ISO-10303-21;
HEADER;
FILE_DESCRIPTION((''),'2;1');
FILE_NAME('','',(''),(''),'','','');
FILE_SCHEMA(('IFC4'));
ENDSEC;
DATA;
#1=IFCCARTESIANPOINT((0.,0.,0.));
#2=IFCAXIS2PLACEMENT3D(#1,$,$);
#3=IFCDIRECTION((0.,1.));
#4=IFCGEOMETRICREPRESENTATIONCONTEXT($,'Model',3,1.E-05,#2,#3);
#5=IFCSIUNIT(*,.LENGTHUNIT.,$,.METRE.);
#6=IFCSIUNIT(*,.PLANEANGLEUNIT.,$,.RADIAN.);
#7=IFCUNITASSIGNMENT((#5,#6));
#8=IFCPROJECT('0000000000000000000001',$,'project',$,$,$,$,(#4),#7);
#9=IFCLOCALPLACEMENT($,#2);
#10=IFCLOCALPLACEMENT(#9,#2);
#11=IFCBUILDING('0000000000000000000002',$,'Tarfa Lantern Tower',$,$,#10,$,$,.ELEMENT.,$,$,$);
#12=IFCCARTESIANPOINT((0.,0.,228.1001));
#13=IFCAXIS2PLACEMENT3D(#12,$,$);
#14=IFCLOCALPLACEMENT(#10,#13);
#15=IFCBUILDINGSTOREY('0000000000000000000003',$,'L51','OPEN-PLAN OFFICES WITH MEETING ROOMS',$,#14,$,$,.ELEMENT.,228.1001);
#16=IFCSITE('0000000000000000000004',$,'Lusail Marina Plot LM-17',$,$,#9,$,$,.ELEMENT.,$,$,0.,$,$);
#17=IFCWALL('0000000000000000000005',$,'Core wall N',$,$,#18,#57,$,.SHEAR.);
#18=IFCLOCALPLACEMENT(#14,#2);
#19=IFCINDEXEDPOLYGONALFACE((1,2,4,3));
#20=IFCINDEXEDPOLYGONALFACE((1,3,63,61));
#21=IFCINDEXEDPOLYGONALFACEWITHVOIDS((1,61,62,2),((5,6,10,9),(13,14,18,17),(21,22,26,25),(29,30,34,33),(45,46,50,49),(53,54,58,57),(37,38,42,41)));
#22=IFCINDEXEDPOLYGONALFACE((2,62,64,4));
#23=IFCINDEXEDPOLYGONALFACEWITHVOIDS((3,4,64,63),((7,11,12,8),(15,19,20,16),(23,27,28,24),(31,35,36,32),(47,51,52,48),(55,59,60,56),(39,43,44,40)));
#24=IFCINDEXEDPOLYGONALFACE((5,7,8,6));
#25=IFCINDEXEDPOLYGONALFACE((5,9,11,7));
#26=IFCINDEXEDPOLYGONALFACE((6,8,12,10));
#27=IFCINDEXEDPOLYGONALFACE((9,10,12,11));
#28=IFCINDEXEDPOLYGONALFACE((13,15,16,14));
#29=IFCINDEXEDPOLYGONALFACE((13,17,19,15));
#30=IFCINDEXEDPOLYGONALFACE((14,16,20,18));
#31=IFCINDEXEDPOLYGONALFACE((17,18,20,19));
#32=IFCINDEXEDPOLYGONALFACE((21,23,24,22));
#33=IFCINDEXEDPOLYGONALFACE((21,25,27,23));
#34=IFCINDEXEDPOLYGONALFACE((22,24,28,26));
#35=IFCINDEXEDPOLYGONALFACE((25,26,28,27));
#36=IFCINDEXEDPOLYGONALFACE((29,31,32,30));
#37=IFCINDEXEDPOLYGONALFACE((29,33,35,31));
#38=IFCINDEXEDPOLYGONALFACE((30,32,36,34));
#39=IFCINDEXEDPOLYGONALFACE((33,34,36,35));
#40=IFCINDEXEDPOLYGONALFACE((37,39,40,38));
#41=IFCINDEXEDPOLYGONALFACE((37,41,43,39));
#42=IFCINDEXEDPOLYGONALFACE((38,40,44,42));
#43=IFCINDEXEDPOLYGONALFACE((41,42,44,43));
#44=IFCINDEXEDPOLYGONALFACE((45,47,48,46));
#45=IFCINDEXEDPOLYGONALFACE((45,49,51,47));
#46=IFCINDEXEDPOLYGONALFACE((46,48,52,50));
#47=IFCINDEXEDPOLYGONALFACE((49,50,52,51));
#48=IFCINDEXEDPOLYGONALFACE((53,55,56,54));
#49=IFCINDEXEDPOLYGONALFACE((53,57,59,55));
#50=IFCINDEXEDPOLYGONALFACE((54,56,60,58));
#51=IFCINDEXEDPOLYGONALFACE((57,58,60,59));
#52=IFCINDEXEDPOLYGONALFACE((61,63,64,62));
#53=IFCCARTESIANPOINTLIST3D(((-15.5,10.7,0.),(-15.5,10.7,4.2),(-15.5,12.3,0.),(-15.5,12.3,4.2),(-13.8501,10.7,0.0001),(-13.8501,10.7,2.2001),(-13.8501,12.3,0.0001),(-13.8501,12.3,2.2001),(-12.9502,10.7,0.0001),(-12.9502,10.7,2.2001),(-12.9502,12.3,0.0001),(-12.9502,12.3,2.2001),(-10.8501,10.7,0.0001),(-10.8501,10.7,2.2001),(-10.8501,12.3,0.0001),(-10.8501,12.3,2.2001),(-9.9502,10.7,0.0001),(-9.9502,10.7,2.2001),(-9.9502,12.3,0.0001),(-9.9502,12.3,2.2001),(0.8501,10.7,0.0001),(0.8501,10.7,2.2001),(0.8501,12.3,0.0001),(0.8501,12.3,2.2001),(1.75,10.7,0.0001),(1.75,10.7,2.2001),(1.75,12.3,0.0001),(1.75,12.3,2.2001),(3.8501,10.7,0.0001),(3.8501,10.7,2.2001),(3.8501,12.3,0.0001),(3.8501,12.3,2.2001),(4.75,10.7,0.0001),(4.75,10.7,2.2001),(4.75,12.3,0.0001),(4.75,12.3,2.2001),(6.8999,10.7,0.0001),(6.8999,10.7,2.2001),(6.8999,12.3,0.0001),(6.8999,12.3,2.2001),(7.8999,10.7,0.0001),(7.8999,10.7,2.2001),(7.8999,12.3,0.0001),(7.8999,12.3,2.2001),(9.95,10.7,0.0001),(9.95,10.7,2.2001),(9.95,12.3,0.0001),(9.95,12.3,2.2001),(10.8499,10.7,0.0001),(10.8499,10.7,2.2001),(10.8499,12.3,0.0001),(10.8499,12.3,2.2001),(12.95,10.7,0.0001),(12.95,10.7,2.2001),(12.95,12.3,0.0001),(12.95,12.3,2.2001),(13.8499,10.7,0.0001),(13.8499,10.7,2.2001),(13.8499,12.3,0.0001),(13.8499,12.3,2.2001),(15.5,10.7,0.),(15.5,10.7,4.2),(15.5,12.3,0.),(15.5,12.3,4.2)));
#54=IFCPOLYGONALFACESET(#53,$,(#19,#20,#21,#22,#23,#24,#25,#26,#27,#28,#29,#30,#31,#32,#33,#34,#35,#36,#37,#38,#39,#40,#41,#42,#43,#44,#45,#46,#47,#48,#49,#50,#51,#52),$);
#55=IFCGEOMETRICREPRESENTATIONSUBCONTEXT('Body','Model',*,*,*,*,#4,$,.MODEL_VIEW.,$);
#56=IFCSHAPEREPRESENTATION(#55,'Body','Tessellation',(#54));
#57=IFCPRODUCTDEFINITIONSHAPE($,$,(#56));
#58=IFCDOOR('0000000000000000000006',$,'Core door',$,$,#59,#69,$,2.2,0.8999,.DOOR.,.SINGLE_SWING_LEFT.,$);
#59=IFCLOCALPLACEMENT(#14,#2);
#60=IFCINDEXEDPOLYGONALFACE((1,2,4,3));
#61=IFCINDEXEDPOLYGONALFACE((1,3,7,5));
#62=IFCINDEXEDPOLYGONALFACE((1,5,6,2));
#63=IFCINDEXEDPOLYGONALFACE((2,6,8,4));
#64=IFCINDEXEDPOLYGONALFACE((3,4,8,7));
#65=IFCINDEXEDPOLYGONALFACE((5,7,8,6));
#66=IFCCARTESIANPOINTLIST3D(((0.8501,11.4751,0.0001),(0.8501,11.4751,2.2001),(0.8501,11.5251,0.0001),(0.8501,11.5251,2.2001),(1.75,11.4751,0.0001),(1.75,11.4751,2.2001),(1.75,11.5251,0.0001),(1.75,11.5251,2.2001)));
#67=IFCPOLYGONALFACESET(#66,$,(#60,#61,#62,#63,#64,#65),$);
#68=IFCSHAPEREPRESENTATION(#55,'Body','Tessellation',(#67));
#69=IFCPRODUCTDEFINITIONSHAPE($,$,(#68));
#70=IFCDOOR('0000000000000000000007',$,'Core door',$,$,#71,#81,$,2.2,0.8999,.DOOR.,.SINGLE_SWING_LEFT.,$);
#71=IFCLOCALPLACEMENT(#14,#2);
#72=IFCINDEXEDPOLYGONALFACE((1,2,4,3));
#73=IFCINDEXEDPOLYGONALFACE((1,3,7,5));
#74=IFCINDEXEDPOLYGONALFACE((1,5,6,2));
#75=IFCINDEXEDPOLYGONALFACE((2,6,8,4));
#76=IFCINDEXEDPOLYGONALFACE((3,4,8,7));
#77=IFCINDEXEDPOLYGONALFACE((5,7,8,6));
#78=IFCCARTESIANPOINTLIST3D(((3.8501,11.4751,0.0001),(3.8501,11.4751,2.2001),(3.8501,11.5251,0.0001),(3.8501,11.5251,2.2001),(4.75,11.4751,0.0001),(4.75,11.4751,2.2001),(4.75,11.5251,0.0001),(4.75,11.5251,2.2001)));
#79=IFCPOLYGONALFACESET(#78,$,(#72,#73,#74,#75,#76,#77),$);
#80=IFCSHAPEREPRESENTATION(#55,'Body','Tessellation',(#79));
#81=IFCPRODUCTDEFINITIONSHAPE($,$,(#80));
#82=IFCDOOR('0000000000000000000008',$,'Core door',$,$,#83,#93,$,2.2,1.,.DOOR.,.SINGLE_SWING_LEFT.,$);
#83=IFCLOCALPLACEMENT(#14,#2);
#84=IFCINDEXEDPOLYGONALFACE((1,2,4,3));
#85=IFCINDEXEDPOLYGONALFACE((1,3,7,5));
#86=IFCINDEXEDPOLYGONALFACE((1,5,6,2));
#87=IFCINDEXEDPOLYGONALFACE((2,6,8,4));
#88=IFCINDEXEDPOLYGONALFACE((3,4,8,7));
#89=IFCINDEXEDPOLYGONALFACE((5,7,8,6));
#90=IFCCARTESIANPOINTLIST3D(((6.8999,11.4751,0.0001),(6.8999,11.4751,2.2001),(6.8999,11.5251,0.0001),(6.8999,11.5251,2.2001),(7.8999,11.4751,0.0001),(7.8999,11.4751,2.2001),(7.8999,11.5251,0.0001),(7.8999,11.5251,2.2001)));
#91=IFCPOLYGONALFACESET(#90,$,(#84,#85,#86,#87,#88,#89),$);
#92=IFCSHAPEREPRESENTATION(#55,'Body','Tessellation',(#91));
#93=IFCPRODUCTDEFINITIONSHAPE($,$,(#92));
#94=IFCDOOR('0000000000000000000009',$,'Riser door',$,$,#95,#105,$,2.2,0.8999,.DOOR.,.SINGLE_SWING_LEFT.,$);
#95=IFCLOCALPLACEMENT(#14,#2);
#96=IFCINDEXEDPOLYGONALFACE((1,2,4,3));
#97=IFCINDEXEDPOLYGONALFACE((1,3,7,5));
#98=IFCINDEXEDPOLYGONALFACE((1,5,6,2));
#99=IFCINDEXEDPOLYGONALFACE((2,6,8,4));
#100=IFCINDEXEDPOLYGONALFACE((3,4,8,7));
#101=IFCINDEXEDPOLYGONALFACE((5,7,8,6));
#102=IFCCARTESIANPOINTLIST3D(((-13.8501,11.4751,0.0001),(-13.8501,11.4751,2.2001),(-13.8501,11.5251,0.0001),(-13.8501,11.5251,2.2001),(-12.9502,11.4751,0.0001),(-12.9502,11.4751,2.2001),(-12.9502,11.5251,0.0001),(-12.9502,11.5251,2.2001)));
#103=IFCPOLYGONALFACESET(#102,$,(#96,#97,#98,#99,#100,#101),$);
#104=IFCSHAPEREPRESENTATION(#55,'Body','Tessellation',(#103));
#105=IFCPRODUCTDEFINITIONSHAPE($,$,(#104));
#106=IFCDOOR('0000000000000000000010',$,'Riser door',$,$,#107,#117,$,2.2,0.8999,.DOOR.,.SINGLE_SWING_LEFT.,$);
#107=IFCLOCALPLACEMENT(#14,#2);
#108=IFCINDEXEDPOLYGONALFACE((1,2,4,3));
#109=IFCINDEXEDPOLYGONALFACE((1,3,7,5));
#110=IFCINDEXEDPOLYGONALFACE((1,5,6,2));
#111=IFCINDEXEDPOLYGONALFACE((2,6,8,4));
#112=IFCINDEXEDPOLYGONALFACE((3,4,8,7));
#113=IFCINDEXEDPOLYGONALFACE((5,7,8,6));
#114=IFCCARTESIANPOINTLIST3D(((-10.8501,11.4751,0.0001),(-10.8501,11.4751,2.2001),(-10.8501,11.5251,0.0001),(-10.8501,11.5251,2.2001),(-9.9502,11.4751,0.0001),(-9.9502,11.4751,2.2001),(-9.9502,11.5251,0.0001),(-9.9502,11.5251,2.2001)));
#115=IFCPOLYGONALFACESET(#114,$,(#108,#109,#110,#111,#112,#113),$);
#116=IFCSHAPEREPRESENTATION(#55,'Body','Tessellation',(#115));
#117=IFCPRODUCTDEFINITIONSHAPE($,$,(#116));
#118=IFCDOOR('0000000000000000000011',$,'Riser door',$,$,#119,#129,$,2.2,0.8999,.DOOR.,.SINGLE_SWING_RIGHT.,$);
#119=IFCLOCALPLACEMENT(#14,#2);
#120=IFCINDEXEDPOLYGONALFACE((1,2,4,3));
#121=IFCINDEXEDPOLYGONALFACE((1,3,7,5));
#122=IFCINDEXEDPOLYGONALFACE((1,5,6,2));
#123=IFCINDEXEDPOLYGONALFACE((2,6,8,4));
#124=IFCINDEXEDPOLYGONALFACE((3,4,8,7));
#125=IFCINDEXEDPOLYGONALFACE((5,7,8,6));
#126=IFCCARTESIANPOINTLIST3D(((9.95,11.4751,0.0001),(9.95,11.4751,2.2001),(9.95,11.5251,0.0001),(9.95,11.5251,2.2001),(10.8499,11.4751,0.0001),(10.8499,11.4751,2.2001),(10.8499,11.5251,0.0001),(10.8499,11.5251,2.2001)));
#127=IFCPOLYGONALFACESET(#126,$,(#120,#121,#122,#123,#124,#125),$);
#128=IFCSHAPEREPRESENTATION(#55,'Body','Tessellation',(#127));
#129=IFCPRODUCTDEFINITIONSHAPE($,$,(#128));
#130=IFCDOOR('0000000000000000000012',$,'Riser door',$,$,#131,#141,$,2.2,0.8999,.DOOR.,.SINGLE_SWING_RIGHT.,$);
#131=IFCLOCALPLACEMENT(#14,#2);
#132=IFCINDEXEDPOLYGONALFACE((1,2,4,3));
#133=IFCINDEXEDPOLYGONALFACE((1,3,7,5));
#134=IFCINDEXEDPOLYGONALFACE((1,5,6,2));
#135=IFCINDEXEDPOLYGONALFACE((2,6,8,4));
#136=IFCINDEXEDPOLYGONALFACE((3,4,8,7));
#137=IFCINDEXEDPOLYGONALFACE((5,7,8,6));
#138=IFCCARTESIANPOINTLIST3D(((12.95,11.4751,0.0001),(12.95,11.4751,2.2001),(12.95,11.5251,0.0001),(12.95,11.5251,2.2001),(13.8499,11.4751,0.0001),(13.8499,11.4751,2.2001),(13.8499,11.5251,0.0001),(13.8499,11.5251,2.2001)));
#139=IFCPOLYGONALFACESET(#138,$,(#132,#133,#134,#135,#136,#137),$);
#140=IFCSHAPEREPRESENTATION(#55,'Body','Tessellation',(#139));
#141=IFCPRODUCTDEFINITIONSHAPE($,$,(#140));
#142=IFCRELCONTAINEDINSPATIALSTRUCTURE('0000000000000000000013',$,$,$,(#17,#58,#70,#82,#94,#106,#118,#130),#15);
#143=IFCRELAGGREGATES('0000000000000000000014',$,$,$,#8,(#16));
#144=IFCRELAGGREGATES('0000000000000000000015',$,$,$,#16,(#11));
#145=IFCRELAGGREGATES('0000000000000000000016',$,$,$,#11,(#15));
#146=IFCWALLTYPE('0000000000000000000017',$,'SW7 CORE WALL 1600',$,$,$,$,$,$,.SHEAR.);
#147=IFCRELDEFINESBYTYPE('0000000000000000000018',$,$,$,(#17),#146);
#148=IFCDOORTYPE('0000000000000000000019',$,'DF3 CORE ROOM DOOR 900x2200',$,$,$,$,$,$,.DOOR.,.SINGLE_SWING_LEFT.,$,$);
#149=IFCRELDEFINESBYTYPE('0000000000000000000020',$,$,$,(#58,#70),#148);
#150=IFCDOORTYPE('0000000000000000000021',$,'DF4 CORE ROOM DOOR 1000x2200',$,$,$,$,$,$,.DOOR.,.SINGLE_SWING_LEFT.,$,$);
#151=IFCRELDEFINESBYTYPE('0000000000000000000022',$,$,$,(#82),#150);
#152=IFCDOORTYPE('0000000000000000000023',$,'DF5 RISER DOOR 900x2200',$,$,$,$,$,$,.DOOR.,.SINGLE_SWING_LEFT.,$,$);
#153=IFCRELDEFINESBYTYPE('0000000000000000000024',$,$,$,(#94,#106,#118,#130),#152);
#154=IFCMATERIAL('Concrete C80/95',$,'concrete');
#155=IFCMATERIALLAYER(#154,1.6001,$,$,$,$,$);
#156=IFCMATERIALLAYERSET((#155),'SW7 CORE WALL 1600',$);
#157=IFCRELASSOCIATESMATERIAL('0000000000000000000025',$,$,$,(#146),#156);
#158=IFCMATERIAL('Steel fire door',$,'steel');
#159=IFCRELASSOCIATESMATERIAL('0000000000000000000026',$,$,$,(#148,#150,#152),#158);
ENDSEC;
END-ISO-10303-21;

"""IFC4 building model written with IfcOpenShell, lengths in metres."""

from ifc_helpers import new_model, si_unit, direction, frame, frame_2d, origin, place, context, subcontext, project, spatial, rectangle, extrude, material, layer, layer_set, type_object, element, fill, save


model = new_model("IFC4")

# Units and contexts
model_context = context("Model", 3, precision=1e-05, world=origin(), true_north=direction((0.0, 1.0)))
body_context = subcontext(model_context, "Body", "Model", "MODEL_VIEW")
ifc_project = project(units=[si_unit("LENGTHUNIT", "METRE"), si_unit("PLANEANGLEUNIT", "RADIAN")], contexts=[model_context])

# Site, building, storey
site_placement = place(None, origin())
site = spatial("IfcSite", under=ifc_project, at=site_placement, Name="Lusail Marina Plot LM-17", CompositionType="ELEMENT", RefElevation=0.0)
building_placement = place(site_placement, origin())
building = spatial("IfcBuilding", under=site, at=building_placement, Name="Tarfa Lantern Tower", CompositionType="ELEMENT")
storey_placement = place(building_placement, frame((0.0, 0.0, 228.1001)))
storey = spatial("IfcBuildingStorey", under=building, at=storey_placement, Name="L51", Description="OPEN-PLAN OFFICES WITH MEETING ROOMS", CompositionType="ELEMENT", Elevation=228.1001)

# Shared definitions
ifc_material_1 = material(Name="Concrete C80/95", Category="concrete")
ifc_material_2 = material(Name="Steel fire door", Category="steel")

# Wall, openings, doors
ifc_layer_1 = layer(ifc_material_1, 1.6001)
ifc_layer_set_1 = layer_set([ifc_layer_1], Name="SW7 CORE WALL 1600")
wall_type_1 = type_object("IfcWallType", Name="SW7 CORE WALL 1600", PredefinedType="SHEAR", material=ifc_layer_set_1)
wall_1_placement = place(storey_placement, frame((-15.5, 11.5, 0.0), z_axis=(0.0, 0.0, 1.0), x_axis=(1.0, 0.0, 0.0)))
wall_1 = element("IfcWall", 1, at=wall_1_placement, inside=storey, type_object=wall_type_1, Name="Core wall N", PredefinedType="SHEAR", context=body_context, shape_type="SweptSolid", body=[
    extrude(rectangle(XDim=31.0, YDim=1.6001, at=frame_2d((15.5, 0.0))), origin(), (0.0, 0.0, 1.0), 4.2),
])
opening_1_placement = place(wall_1_placement, frame((16.3501, 0.0, 0.0)))
opening_1 = element("IfcOpeningElement", 2, at=opening_1_placement, cuts=wall_1, PredefinedType="OPENING", context=body_context, shape_type="SweptSolid", body=[
    extrude(rectangle(XDim=0.8999, YDim=2.2, at=frame_2d((0.45, 1.1001))), frame((0.0, 0.8101, 0.0), z_axis=(0.0, -1.0, 0.0), x_axis=(1.0, 0.0, 0.0)), (0.0, 0.0, 1.0), 1.6201),
])
opening_2_placement = place(wall_1_placement, frame((19.3501, 0.0, 0.0)))
opening_2 = element("IfcOpeningElement", 3, at=opening_2_placement, cuts=wall_1, PredefinedType="OPENING", context=body_context, shape_type="SweptSolid", body=[
    extrude(rectangle(XDim=0.8999, YDim=2.2, at=frame_2d((0.45, 1.1001))), frame((0.0, 0.8101, 0.0), z_axis=(0.0, -1.0, 0.0), x_axis=(1.0, 0.0, 0.0)), (0.0, 0.0, 1.0), 1.6201),
])
opening_3_placement = place(wall_1_placement, frame((22.3999, 0.0, 0.0)))
opening_3 = element("IfcOpeningElement", 4, at=opening_3_placement, cuts=wall_1, PredefinedType="OPENING", context=body_context, shape_type="SweptSolid", body=[
    extrude(rectangle(XDim=1.0, YDim=2.2, at=frame_2d((0.5, 1.1001))), frame((0.0, 0.8101, 0.0), z_axis=(0.0, -1.0, 0.0), x_axis=(1.0, 0.0, 0.0)), (0.0, 0.0, 1.0), 1.6201),
])
opening_4_placement = place(wall_1_placement, frame((1.6499, 0.0, 0.0)))
opening_4 = element("IfcOpeningElement", 5, at=opening_4_placement, cuts=wall_1, PredefinedType="OPENING", context=body_context, shape_type="SweptSolid", body=[
    extrude(rectangle(XDim=0.8999, YDim=2.2, at=frame_2d((0.45, 1.1001))), frame((0.0, 0.8101, 0.0), z_axis=(0.0, -1.0, 0.0), x_axis=(1.0, 0.0, 0.0)), (0.0, 0.0, 1.0), 1.6201),
])
opening_5_placement = place(wall_1_placement, frame((4.6499, 0.0, 0.0)))
opening_5 = element("IfcOpeningElement", 6, at=opening_5_placement, cuts=wall_1, PredefinedType="OPENING", context=body_context, shape_type="SweptSolid", body=[
    extrude(rectangle(XDim=0.8999, YDim=2.2, at=frame_2d((0.45, 1.1001))), frame((0.0, 0.8101, 0.0), z_axis=(0.0, -1.0, 0.0), x_axis=(1.0, 0.0, 0.0)), (0.0, 0.0, 1.0), 1.6201),
])
opening_6_placement = place(wall_1_placement, frame((25.45, 0.0, 0.0)))
opening_6 = element("IfcOpeningElement", 7, at=opening_6_placement, cuts=wall_1, PredefinedType="OPENING", context=body_context, shape_type="SweptSolid", body=[
    extrude(rectangle(XDim=0.8999, YDim=2.2, at=frame_2d((0.45, 1.1001))), frame((0.0, 0.8101, 0.0), z_axis=(0.0, -1.0, 0.0), x_axis=(1.0, 0.0, 0.0)), (0.0, 0.0, 1.0), 1.6201),
])
opening_7_placement = place(wall_1_placement, frame((28.45, 0.0, 0.0)))
opening_7 = element("IfcOpeningElement", 8, at=opening_7_placement, cuts=wall_1, PredefinedType="OPENING", context=body_context, shape_type="SweptSolid", body=[
    extrude(rectangle(XDim=0.8999, YDim=2.2, at=frame_2d((0.45, 1.1001))), frame((0.0, 0.8101, 0.0), z_axis=(0.0, -1.0, 0.0), x_axis=(1.0, 0.0, 0.0)), (0.0, 0.0, 1.0), 1.6201),
])
door_type_1 = type_object("IfcDoorType", Name="DF3 CORE ROOM DOOR 900x2200", OperationType="SINGLE_SWING_LEFT", PredefinedType="DOOR", material=ifc_material_2)
door_1_placement = place(opening_1_placement, frame((0.8999, 0.0, 0.0), z_axis=(0.0, 0.0, 1.0), x_axis=(-1.0, 0.0, 0.0)))
door_1 = element("IfcDoor", 9, at=door_1_placement, inside=storey, type_object=door_type_1, Name="Core door", OperationType="SINGLE_SWING_LEFT", OverallHeight=2.2, OverallWidth=0.8999, PredefinedType="DOOR", context=body_context, shape_type="SweptSolid", body=[
    extrude(rectangle(XDim=0.8999, YDim=2.2, at=frame_2d((0.45, 1.1001))), frame((0.0, 0.0249, 0.0), z_axis=(0.0, -1.0, 0.0), x_axis=(1.0, 0.0, 0.0)), (0.0, 0.0, 1.0), 0.05),
])
fill(opening_1, door_1)
door_2_placement = place(opening_2_placement, frame((0.8999, 0.0, 0.0), z_axis=(0.0, 0.0, 1.0), x_axis=(-1.0, 0.0, 0.0)))
door_2 = element("IfcDoor", 10, at=door_2_placement, inside=storey, type_object=door_type_1, Name="Core door", OperationType="SINGLE_SWING_LEFT", OverallHeight=2.2, OverallWidth=0.8999, PredefinedType="DOOR", context=body_context, shape_type="SweptSolid", body=[
    extrude(rectangle(XDim=0.8999, YDim=2.2, at=frame_2d((0.45, 1.1001))), frame((0.0, 0.0249, 0.0), z_axis=(0.0, -1.0, 0.0), x_axis=(1.0, 0.0, 0.0)), (0.0, 0.0, 1.0), 0.05),
])
fill(opening_2, door_2)
door_type_2 = type_object("IfcDoorType", Name="DF4 CORE ROOM DOOR 1000x2200", OperationType="SINGLE_SWING_LEFT", PredefinedType="DOOR", material=ifc_material_2)
door_3_placement = place(opening_3_placement, frame((1.0, 0.0, 0.0), z_axis=(0.0, 0.0, 1.0), x_axis=(-1.0, 0.0, 0.0)))
door_3 = element("IfcDoor", 11, at=door_3_placement, inside=storey, type_object=door_type_2, Name="Core door", OperationType="SINGLE_SWING_LEFT", OverallHeight=2.2, OverallWidth=1.0, PredefinedType="DOOR", context=body_context, shape_type="SweptSolid", body=[
    extrude(rectangle(XDim=1.0, YDim=2.2, at=frame_2d((0.5, 1.1001))), frame((0.0, 0.0249, 0.0), z_axis=(0.0, -1.0, 0.0), x_axis=(1.0, 0.0, 0.0)), (0.0, 0.0, 1.0), 0.05),
])
fill(opening_3, door_3)
door_type_3 = type_object("IfcDoorType", Name="DF5 RISER DOOR 900x2200", OperationType="SINGLE_SWING_LEFT", PredefinedType="DOOR", material=ifc_material_2)
door_4_placement = place(opening_4_placement, frame((0.8999, 0.0, 0.0), z_axis=(0.0, 0.0, 1.0), x_axis=(-1.0, 0.0, 0.0)))
door_4 = element("IfcDoor", 12, at=door_4_placement, inside=storey, type_object=door_type_3, Name="Riser door", OperationType="SINGLE_SWING_LEFT", OverallHeight=2.2, OverallWidth=0.8999, PredefinedType="DOOR", context=body_context, shape_type="SweptSolid", body=[
    extrude(rectangle(XDim=0.8999, YDim=2.2, at=frame_2d((0.45, 1.1001))), frame((0.0, 0.0249, 0.0), z_axis=(0.0, -1.0, 0.0), x_axis=(1.0, 0.0, 0.0)), (0.0, 0.0, 1.0), 0.05),
])
fill(opening_4, door_4)
door_5_placement = place(opening_5_placement, frame((0.8999, 0.0, 0.0), z_axis=(0.0, 0.0, 1.0), x_axis=(-1.0, 0.0, 0.0)))
door_5 = element("IfcDoor", 13, at=door_5_placement, inside=storey, type_object=door_type_3, Name="Riser door", OperationType="SINGLE_SWING_LEFT", OverallHeight=2.2, OverallWidth=0.8999, PredefinedType="DOOR", context=body_context, shape_type="SweptSolid", body=[
    extrude(rectangle(XDim=0.8999, YDim=2.2, at=frame_2d((0.45, 1.1001))), frame((0.0, 0.0249, 0.0), z_axis=(0.0, -1.0, 0.0), x_axis=(1.0, 0.0, 0.0)), (0.0, 0.0, 1.0), 0.05),
])
fill(opening_5, door_5)
door_6_placement = place(opening_6_placement, frame((0.8999, 0.0, 0.0), z_axis=(0.0, 0.0, 1.0), x_axis=(-1.0, 0.0, 0.0)))
door_6 = element("IfcDoor", 14, at=door_6_placement, inside=storey, type_object=door_type_3, Name="Riser door", OperationType="SINGLE_SWING_RIGHT", OverallHeight=2.2, OverallWidth=0.8999, PredefinedType="DOOR", context=body_context, shape_type="SweptSolid", body=[
    extrude(rectangle(XDim=0.8999, YDim=2.2, at=frame_2d((0.45, 1.1001))), frame((0.0, 0.0249, 0.0), z_axis=(0.0, -1.0, 0.0), x_axis=(1.0, 0.0, 0.0)), (0.0, 0.0, 1.0), 0.05),
])
fill(opening_6, door_6)
door_7_placement = place(opening_7_placement, frame((0.8999, 0.0, 0.0), z_axis=(0.0, 0.0, 1.0), x_axis=(-1.0, 0.0, 0.0)))
door_7 = element("IfcDoor", 15, at=door_7_placement, inside=storey, type_object=door_type_3, Name="Riser door", OperationType="SINGLE_SWING_RIGHT", OverallHeight=2.2, OverallWidth=0.8999, PredefinedType="DOOR", context=body_context, shape_type="SweptSolid", body=[
    extrude(rectangle(XDim=0.8999, YDim=2.2, at=frame_2d((0.45, 1.1001))), frame((0.0, 0.0249, 0.0), z_axis=(0.0, -1.0, 0.0), x_axis=(1.0, 0.0, 0.0)), (0.0, 0.0, 1.0), 0.05),
])
fill(opening_7, door_7)

save(model, "model.ifc")
